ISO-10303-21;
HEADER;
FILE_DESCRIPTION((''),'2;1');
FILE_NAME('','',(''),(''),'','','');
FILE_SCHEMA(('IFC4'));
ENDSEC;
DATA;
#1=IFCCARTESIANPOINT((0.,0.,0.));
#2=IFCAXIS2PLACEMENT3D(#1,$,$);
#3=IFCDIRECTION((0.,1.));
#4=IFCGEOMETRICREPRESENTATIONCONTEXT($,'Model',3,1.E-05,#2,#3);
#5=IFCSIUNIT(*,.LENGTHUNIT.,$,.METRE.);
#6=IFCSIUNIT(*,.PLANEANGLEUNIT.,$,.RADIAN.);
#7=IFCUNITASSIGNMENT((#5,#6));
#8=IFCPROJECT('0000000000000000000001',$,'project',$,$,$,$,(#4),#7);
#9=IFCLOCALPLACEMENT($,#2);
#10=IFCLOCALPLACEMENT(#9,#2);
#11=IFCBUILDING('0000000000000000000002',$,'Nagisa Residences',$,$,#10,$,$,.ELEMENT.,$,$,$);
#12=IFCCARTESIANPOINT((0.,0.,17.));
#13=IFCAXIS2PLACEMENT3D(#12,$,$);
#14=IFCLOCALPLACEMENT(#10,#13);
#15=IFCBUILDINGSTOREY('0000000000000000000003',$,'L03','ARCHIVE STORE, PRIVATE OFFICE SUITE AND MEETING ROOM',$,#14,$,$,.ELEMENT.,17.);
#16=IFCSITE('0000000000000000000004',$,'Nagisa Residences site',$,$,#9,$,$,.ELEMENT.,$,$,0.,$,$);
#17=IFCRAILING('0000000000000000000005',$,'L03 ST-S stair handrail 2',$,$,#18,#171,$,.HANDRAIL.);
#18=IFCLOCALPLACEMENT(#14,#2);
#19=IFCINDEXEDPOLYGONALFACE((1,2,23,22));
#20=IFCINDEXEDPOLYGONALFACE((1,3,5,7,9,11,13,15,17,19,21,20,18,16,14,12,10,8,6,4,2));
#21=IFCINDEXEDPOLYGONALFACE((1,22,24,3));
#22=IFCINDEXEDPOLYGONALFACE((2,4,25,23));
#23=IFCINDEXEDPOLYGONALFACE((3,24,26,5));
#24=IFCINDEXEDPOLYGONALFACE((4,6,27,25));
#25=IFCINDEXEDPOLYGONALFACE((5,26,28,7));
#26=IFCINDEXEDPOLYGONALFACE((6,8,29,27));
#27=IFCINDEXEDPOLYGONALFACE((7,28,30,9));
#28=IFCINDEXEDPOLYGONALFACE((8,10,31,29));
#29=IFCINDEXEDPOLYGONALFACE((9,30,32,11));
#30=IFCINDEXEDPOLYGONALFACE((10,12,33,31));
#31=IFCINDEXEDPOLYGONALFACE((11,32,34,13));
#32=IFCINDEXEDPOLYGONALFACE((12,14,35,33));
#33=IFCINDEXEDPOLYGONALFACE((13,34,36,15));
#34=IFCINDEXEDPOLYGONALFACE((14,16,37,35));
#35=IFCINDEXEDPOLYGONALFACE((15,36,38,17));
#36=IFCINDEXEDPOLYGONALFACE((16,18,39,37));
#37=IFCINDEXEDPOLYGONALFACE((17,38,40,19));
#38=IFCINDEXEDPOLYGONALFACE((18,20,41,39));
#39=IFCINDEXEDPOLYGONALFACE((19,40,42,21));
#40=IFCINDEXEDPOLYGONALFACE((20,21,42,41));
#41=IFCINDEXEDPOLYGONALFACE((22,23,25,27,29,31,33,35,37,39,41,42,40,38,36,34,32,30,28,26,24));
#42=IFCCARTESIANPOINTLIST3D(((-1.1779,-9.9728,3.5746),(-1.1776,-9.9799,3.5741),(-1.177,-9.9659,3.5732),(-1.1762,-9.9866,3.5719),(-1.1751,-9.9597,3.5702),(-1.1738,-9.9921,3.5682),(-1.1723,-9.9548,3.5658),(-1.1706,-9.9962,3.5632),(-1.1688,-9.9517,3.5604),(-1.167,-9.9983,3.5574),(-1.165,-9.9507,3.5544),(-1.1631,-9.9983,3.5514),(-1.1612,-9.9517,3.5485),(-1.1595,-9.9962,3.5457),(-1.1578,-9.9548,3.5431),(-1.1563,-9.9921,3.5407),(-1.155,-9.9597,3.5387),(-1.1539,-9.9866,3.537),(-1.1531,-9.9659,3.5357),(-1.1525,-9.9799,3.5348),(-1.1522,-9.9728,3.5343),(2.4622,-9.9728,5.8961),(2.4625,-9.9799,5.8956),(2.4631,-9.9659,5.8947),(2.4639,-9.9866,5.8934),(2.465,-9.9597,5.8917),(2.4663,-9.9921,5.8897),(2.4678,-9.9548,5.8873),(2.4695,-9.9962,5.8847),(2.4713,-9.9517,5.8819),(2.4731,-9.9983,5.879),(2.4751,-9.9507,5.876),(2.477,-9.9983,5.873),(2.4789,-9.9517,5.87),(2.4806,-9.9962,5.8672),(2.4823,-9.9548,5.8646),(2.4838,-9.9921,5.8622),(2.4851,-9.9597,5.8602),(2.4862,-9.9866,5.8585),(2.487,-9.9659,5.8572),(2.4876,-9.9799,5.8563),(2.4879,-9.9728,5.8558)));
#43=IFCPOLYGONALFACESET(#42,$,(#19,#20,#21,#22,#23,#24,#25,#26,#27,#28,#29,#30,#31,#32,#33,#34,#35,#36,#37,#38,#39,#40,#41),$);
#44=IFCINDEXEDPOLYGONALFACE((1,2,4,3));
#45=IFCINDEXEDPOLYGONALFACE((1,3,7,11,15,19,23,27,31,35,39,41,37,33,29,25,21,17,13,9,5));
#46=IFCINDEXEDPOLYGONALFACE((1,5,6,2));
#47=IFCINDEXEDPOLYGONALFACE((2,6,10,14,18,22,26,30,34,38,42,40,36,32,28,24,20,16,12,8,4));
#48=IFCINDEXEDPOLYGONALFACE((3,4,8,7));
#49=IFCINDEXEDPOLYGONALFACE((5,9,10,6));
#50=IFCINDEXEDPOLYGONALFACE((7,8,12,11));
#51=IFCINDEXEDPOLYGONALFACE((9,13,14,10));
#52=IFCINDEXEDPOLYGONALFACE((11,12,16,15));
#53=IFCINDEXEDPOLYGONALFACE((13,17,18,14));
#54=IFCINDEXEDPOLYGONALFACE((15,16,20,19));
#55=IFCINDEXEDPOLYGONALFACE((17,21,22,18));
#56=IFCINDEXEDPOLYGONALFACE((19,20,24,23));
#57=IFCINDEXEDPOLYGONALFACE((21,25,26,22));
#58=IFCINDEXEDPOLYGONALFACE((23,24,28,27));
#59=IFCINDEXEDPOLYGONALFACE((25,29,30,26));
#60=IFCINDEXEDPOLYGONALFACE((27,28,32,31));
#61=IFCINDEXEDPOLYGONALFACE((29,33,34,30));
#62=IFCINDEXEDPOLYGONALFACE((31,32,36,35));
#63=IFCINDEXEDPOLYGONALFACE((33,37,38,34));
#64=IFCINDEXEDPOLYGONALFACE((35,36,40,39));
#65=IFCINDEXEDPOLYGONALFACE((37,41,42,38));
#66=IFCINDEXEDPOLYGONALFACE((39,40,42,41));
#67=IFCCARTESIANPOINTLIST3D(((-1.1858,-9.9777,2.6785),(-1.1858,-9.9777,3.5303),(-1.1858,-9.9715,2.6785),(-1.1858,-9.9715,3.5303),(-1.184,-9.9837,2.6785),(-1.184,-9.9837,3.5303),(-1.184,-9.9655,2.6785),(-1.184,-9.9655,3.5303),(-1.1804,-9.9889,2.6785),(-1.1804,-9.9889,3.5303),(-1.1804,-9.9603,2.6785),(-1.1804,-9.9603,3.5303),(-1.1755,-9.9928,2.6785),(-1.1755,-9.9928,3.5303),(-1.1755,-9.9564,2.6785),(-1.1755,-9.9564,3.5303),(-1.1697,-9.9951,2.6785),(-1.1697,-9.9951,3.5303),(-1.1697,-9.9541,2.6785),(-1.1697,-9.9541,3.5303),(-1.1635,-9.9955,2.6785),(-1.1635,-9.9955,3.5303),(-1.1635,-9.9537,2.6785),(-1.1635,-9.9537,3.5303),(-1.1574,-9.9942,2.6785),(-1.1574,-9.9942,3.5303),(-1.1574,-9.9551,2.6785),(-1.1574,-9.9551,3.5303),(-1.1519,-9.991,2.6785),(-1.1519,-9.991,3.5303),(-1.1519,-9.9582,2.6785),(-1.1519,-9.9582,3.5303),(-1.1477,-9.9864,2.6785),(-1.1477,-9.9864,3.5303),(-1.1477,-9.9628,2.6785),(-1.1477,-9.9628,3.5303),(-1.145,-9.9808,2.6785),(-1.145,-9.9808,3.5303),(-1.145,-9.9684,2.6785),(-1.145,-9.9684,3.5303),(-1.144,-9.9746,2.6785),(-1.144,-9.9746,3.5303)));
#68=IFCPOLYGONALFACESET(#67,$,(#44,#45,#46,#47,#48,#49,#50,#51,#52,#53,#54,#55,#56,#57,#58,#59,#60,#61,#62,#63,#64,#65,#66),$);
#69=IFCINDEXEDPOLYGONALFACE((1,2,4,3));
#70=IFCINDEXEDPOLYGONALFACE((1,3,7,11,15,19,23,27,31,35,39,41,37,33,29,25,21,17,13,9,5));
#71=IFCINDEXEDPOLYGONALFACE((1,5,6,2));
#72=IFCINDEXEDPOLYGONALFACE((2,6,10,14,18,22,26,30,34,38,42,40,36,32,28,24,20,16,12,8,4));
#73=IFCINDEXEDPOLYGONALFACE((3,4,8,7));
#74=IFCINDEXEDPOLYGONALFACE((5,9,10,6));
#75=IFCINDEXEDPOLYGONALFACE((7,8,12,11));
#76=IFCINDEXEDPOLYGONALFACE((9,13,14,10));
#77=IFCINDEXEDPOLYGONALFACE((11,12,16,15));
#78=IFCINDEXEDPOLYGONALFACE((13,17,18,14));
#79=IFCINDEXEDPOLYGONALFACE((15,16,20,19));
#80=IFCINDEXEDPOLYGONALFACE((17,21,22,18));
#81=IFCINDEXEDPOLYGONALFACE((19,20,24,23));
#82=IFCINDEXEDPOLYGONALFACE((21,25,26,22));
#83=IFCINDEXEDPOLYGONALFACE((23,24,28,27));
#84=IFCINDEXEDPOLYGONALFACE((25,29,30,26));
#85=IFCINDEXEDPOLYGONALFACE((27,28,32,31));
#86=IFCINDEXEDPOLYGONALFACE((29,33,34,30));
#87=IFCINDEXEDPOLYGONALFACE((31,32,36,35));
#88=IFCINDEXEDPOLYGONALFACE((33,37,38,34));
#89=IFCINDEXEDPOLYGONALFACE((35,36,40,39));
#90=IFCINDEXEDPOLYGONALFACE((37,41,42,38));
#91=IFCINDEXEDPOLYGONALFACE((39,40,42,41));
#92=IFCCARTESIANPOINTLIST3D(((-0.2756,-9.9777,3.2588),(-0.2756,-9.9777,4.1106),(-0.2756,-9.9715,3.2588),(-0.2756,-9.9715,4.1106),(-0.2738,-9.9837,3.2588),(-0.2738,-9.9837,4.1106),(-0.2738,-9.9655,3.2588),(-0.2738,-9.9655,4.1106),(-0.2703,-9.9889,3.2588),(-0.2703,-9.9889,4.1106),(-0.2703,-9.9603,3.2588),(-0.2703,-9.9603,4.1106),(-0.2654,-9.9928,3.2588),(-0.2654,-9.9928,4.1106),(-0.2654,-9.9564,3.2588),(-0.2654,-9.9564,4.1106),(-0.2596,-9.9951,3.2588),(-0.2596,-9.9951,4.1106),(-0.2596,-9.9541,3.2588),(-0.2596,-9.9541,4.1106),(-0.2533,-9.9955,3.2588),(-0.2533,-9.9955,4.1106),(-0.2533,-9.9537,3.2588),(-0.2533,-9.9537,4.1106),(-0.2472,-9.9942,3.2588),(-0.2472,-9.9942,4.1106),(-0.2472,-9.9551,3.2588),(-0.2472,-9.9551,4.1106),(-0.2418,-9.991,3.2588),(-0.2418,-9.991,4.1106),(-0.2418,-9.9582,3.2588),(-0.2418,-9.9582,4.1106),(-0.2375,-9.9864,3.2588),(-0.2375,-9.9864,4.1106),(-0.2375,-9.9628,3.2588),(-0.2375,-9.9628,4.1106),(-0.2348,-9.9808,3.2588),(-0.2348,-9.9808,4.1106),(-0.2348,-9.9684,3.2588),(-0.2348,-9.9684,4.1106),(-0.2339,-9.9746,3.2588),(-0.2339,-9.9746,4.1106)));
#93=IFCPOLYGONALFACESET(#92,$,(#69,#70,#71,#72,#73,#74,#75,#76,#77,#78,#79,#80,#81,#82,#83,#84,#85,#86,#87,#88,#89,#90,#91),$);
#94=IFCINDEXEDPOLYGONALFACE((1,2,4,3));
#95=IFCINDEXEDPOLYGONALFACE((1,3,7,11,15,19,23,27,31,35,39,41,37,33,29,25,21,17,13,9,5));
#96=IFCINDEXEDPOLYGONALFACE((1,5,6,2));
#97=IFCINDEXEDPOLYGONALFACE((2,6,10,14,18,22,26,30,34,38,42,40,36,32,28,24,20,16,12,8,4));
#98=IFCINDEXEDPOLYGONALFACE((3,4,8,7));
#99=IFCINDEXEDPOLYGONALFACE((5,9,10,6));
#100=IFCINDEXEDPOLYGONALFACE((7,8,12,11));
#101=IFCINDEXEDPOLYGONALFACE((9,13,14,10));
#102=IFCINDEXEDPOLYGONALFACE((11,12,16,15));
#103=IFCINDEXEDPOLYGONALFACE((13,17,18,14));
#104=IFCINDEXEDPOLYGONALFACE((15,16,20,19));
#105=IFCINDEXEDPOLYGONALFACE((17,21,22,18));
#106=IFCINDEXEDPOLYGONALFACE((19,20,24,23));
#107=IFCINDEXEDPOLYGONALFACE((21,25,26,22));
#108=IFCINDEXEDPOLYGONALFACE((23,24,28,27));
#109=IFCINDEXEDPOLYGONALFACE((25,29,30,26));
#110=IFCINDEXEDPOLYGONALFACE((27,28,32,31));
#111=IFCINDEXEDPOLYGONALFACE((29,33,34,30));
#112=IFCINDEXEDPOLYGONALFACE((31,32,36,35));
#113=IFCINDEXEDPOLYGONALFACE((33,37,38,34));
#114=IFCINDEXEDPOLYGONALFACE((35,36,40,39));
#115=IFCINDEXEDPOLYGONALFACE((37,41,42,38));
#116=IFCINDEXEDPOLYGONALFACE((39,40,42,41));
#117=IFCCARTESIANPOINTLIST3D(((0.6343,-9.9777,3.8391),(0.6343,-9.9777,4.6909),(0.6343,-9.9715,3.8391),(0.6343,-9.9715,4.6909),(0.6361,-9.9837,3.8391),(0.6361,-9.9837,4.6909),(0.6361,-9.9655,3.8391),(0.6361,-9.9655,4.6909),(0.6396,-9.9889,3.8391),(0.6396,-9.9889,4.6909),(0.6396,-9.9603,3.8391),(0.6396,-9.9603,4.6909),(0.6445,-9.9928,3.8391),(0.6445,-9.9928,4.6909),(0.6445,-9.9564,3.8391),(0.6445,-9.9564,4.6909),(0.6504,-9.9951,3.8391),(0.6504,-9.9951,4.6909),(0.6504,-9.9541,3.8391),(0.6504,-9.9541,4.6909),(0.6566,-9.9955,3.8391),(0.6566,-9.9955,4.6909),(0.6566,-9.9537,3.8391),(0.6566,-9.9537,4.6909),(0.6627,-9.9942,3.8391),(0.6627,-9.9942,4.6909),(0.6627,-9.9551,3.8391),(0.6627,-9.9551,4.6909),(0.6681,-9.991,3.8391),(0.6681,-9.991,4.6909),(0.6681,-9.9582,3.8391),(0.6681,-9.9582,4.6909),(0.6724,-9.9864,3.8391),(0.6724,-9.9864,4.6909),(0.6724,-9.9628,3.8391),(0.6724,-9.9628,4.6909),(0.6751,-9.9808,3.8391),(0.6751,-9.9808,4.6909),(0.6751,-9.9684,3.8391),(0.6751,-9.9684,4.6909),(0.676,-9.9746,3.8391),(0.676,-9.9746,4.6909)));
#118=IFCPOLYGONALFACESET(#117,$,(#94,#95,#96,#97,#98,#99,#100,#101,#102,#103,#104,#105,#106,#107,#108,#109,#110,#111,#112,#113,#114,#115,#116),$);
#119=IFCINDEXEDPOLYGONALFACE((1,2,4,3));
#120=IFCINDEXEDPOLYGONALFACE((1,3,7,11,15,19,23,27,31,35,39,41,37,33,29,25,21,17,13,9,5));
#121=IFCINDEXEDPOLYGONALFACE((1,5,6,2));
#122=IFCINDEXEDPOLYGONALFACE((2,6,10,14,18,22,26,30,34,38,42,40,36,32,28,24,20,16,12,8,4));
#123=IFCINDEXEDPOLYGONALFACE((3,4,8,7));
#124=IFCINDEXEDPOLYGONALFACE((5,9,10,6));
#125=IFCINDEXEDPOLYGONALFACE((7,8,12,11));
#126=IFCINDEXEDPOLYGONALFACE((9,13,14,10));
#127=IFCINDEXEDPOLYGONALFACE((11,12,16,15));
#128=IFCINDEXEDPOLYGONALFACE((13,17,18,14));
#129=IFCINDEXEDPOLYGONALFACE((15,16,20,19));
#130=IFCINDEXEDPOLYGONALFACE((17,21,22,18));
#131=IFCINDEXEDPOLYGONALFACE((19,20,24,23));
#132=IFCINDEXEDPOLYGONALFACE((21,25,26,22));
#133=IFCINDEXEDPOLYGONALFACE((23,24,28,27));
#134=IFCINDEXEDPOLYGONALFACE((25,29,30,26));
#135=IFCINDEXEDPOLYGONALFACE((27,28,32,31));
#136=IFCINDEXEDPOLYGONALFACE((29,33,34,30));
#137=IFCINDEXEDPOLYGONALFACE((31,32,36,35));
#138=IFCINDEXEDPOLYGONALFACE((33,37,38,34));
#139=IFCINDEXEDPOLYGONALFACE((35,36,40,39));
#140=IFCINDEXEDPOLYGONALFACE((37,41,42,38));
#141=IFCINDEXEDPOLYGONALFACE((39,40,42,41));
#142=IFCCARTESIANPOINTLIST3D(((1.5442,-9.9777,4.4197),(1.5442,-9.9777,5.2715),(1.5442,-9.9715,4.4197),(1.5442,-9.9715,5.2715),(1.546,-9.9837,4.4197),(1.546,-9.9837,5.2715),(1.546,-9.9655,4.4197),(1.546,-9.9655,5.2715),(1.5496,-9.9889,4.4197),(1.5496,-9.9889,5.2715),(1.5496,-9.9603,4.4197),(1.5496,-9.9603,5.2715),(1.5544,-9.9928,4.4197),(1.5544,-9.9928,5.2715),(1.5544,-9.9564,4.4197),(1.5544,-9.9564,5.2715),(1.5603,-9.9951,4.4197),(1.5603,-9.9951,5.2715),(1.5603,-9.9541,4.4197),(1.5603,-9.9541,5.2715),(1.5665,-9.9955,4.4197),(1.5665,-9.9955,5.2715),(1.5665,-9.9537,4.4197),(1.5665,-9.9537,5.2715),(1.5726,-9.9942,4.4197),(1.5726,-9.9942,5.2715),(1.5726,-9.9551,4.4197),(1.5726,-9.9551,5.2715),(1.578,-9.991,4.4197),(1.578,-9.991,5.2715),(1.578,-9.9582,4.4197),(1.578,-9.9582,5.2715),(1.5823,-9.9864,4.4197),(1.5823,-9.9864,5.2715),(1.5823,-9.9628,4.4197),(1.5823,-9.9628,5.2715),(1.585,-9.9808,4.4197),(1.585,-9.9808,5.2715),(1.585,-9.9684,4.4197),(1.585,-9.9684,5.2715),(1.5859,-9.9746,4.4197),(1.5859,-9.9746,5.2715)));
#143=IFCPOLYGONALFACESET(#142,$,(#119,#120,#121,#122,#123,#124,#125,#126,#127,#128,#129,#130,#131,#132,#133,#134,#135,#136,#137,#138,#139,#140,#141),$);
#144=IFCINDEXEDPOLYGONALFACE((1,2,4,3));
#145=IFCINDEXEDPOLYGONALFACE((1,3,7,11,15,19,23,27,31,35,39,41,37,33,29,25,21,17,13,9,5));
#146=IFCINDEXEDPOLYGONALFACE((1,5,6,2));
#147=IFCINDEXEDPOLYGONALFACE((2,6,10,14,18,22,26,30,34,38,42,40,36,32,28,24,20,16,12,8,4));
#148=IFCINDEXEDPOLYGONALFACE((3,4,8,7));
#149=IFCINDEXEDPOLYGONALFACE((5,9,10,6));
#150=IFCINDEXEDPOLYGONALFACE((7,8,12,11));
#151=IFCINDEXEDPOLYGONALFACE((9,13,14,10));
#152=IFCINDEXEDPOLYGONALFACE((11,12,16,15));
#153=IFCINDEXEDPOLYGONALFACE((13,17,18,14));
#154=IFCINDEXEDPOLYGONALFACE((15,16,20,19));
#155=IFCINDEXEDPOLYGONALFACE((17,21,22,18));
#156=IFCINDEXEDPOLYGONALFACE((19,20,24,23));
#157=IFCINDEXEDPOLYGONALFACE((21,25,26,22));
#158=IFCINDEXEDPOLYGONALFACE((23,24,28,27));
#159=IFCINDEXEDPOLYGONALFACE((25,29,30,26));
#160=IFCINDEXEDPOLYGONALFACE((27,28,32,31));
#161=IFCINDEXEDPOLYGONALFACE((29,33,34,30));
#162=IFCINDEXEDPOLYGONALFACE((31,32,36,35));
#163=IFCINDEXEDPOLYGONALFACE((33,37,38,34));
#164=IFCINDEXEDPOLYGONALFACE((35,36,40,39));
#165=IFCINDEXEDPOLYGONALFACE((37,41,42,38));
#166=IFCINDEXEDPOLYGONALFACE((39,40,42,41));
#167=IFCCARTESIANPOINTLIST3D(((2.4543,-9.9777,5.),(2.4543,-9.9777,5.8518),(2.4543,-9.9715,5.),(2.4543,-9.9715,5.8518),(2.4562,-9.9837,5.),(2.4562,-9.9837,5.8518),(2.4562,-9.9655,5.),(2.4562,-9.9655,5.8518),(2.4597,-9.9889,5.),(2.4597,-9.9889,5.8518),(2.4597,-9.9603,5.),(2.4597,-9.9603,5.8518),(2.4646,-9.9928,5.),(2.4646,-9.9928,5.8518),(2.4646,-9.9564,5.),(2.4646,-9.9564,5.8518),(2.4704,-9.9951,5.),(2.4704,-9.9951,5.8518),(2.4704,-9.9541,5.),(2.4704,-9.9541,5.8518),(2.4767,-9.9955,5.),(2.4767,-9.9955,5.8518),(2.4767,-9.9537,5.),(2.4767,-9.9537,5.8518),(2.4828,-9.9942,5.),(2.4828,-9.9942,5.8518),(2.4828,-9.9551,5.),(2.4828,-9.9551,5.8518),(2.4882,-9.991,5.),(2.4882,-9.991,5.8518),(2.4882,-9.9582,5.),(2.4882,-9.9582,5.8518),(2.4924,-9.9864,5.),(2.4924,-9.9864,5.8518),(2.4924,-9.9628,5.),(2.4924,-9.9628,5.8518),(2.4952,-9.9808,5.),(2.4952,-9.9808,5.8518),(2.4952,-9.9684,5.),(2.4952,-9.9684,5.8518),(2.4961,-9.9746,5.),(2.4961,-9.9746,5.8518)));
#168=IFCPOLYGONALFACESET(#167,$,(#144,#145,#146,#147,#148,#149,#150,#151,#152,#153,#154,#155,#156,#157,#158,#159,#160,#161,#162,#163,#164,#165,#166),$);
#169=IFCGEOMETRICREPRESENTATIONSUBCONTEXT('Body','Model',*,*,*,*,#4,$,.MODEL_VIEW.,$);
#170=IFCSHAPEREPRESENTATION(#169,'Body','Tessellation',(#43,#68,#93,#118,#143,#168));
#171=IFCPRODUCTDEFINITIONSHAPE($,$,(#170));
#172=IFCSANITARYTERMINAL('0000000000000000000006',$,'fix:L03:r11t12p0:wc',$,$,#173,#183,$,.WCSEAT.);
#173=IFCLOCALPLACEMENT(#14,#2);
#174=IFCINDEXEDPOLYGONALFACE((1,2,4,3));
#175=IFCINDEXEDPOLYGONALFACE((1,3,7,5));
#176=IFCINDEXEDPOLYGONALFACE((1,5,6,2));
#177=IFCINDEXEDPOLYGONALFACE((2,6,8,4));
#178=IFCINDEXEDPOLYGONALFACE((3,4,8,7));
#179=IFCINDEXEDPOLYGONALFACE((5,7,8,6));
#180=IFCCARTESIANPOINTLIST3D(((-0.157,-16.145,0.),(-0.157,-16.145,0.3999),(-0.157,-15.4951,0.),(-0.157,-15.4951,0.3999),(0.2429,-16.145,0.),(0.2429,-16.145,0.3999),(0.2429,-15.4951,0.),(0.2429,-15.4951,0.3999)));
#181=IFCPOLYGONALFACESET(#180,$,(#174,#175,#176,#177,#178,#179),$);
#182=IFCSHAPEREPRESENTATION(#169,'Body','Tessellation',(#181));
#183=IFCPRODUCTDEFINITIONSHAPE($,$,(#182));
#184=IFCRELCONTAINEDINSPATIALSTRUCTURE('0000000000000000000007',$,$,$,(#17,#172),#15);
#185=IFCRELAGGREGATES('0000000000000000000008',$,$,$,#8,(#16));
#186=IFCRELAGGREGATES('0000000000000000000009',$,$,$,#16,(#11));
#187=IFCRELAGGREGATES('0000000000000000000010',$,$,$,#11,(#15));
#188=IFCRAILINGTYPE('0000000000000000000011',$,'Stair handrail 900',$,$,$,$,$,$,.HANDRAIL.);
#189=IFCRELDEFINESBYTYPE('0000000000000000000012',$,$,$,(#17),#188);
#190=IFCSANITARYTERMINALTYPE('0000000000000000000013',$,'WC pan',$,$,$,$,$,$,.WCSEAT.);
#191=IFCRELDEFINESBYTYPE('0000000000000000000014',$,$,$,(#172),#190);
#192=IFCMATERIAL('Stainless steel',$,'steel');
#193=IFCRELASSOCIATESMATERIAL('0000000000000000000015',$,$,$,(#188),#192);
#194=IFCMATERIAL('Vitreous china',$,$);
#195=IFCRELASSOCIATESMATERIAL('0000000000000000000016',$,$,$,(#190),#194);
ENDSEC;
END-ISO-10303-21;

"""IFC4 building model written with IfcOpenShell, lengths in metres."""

from ifc_helpers import new_model, si_unit, direction, frame, origin, origin_2d, place, context, subcontext, project, spatial, rectangle, circle, extrude, material, type_object, element, save


model = new_model("IFC4")

# Units and contexts
model_context = context("Model", 3, precision=1e-05, world=origin(), true_north=direction((0.0, 1.0)))
body_context = subcontext(model_context, "Body", "Model", "MODEL_VIEW")
ifc_project = project(units=[si_unit("LENGTHUNIT", "METRE"), si_unit("PLANEANGLEUNIT", "RADIAN")], contexts=[model_context])

# Site, building, storey
site_placement = place(None, origin())
site = spatial("IfcSite", under=ifc_project, at=site_placement, Name="Nagisa Residences site", CompositionType="ELEMENT", RefElevation=0.0)
building_placement = place(site_placement, origin())
building = spatial("IfcBuilding", under=site, at=building_placement, Name="Nagisa Residences", CompositionType="ELEMENT")
storey_placement = place(building_placement, frame((0.0, 0.0, 17.0)))
storey = spatial("IfcBuildingStorey", under=building, at=storey_placement, Name="L03", Description="ARCHIVE STORE, PRIVATE OFFICE SUITE AND MEETING ROOM", CompositionType="ELEMENT", Elevation=17.0)

# Railing
ifc_material_1 = material(Name="Stainless steel", Category="steel")
railing_type = type_object("IfcRailingType", Name="Stair handrail 900", PredefinedType="HANDRAIL", material=ifc_material_1)
railing_placement = place(storey_placement, frame((-1.165, -9.9746, 2.6785)))
element("IfcRailing", 1, at=railing_placement, inside=storey, type_object=railing_type, Name="L03 ST-S stair handrail 2", PredefinedType="HANDRAIL", context=body_context, shape_type="SweptSolid", body=[
    extrude(circle(Radius=0.0239, at=origin_2d()), frame((0.0, 0.0, 0.876), z_axis=(0.843128, 0.0, 0.537713), x_axis=(0.0, 1.0, 0.0)), (0.0, 0.0, 1.0), 4.3174),
    extrude(circle(Radius=0.021, at=origin_2d()), origin(), (0.0, 0.0, 1.0), 0.8518),
    extrude(circle(Radius=0.021, at=origin_2d()), frame((0.9102, 0.0, 0.5803)), (0.0, 0.0, 1.0), 0.8518),
    extrude(circle(Radius=0.021, at=origin_2d()), frame((1.8201, 0.0, 1.1606)), (0.0, 0.0, 1.0), 0.8518),
    extrude(circle(Radius=0.021, at=origin_2d()), frame((2.73, 0.0, 1.7412)), (0.0, 0.0, 1.0), 0.8518),
    extrude(circle(Radius=0.021, at=origin_2d()), frame((3.6401, 0.0, 2.3215)), (0.0, 0.0, 1.0), 0.8518),
])

# Sanitary terminal
ifc_material_2 = material(Name="Vitreous china")
sanitary_terminal_type = type_object("IfcSanitaryTerminalType", Name="WC pan", PredefinedType="WCSEAT", material=ifc_material_2)
sanitary_terminal_placement = place(storey_placement, frame((0.043, -15.8201, 0.0), z_axis=(0.0, 0.0, 1.0), x_axis=(1.0, 0.0, 0.0)))
element("IfcSanitaryTerminal", 2, at=sanitary_terminal_placement, inside=storey, type_object=sanitary_terminal_type, Name="fix:L03:r11t12p0:wc", PredefinedType="WCSEAT", context=body_context, shape_type="SweptSolid", body=[
    extrude(rectangle(XDim=0.3999, YDim=0.6499, at=origin_2d()), origin(), (0.0, 0.0, 1.0), 0.3999),
])

save(model, "model.ifc")
